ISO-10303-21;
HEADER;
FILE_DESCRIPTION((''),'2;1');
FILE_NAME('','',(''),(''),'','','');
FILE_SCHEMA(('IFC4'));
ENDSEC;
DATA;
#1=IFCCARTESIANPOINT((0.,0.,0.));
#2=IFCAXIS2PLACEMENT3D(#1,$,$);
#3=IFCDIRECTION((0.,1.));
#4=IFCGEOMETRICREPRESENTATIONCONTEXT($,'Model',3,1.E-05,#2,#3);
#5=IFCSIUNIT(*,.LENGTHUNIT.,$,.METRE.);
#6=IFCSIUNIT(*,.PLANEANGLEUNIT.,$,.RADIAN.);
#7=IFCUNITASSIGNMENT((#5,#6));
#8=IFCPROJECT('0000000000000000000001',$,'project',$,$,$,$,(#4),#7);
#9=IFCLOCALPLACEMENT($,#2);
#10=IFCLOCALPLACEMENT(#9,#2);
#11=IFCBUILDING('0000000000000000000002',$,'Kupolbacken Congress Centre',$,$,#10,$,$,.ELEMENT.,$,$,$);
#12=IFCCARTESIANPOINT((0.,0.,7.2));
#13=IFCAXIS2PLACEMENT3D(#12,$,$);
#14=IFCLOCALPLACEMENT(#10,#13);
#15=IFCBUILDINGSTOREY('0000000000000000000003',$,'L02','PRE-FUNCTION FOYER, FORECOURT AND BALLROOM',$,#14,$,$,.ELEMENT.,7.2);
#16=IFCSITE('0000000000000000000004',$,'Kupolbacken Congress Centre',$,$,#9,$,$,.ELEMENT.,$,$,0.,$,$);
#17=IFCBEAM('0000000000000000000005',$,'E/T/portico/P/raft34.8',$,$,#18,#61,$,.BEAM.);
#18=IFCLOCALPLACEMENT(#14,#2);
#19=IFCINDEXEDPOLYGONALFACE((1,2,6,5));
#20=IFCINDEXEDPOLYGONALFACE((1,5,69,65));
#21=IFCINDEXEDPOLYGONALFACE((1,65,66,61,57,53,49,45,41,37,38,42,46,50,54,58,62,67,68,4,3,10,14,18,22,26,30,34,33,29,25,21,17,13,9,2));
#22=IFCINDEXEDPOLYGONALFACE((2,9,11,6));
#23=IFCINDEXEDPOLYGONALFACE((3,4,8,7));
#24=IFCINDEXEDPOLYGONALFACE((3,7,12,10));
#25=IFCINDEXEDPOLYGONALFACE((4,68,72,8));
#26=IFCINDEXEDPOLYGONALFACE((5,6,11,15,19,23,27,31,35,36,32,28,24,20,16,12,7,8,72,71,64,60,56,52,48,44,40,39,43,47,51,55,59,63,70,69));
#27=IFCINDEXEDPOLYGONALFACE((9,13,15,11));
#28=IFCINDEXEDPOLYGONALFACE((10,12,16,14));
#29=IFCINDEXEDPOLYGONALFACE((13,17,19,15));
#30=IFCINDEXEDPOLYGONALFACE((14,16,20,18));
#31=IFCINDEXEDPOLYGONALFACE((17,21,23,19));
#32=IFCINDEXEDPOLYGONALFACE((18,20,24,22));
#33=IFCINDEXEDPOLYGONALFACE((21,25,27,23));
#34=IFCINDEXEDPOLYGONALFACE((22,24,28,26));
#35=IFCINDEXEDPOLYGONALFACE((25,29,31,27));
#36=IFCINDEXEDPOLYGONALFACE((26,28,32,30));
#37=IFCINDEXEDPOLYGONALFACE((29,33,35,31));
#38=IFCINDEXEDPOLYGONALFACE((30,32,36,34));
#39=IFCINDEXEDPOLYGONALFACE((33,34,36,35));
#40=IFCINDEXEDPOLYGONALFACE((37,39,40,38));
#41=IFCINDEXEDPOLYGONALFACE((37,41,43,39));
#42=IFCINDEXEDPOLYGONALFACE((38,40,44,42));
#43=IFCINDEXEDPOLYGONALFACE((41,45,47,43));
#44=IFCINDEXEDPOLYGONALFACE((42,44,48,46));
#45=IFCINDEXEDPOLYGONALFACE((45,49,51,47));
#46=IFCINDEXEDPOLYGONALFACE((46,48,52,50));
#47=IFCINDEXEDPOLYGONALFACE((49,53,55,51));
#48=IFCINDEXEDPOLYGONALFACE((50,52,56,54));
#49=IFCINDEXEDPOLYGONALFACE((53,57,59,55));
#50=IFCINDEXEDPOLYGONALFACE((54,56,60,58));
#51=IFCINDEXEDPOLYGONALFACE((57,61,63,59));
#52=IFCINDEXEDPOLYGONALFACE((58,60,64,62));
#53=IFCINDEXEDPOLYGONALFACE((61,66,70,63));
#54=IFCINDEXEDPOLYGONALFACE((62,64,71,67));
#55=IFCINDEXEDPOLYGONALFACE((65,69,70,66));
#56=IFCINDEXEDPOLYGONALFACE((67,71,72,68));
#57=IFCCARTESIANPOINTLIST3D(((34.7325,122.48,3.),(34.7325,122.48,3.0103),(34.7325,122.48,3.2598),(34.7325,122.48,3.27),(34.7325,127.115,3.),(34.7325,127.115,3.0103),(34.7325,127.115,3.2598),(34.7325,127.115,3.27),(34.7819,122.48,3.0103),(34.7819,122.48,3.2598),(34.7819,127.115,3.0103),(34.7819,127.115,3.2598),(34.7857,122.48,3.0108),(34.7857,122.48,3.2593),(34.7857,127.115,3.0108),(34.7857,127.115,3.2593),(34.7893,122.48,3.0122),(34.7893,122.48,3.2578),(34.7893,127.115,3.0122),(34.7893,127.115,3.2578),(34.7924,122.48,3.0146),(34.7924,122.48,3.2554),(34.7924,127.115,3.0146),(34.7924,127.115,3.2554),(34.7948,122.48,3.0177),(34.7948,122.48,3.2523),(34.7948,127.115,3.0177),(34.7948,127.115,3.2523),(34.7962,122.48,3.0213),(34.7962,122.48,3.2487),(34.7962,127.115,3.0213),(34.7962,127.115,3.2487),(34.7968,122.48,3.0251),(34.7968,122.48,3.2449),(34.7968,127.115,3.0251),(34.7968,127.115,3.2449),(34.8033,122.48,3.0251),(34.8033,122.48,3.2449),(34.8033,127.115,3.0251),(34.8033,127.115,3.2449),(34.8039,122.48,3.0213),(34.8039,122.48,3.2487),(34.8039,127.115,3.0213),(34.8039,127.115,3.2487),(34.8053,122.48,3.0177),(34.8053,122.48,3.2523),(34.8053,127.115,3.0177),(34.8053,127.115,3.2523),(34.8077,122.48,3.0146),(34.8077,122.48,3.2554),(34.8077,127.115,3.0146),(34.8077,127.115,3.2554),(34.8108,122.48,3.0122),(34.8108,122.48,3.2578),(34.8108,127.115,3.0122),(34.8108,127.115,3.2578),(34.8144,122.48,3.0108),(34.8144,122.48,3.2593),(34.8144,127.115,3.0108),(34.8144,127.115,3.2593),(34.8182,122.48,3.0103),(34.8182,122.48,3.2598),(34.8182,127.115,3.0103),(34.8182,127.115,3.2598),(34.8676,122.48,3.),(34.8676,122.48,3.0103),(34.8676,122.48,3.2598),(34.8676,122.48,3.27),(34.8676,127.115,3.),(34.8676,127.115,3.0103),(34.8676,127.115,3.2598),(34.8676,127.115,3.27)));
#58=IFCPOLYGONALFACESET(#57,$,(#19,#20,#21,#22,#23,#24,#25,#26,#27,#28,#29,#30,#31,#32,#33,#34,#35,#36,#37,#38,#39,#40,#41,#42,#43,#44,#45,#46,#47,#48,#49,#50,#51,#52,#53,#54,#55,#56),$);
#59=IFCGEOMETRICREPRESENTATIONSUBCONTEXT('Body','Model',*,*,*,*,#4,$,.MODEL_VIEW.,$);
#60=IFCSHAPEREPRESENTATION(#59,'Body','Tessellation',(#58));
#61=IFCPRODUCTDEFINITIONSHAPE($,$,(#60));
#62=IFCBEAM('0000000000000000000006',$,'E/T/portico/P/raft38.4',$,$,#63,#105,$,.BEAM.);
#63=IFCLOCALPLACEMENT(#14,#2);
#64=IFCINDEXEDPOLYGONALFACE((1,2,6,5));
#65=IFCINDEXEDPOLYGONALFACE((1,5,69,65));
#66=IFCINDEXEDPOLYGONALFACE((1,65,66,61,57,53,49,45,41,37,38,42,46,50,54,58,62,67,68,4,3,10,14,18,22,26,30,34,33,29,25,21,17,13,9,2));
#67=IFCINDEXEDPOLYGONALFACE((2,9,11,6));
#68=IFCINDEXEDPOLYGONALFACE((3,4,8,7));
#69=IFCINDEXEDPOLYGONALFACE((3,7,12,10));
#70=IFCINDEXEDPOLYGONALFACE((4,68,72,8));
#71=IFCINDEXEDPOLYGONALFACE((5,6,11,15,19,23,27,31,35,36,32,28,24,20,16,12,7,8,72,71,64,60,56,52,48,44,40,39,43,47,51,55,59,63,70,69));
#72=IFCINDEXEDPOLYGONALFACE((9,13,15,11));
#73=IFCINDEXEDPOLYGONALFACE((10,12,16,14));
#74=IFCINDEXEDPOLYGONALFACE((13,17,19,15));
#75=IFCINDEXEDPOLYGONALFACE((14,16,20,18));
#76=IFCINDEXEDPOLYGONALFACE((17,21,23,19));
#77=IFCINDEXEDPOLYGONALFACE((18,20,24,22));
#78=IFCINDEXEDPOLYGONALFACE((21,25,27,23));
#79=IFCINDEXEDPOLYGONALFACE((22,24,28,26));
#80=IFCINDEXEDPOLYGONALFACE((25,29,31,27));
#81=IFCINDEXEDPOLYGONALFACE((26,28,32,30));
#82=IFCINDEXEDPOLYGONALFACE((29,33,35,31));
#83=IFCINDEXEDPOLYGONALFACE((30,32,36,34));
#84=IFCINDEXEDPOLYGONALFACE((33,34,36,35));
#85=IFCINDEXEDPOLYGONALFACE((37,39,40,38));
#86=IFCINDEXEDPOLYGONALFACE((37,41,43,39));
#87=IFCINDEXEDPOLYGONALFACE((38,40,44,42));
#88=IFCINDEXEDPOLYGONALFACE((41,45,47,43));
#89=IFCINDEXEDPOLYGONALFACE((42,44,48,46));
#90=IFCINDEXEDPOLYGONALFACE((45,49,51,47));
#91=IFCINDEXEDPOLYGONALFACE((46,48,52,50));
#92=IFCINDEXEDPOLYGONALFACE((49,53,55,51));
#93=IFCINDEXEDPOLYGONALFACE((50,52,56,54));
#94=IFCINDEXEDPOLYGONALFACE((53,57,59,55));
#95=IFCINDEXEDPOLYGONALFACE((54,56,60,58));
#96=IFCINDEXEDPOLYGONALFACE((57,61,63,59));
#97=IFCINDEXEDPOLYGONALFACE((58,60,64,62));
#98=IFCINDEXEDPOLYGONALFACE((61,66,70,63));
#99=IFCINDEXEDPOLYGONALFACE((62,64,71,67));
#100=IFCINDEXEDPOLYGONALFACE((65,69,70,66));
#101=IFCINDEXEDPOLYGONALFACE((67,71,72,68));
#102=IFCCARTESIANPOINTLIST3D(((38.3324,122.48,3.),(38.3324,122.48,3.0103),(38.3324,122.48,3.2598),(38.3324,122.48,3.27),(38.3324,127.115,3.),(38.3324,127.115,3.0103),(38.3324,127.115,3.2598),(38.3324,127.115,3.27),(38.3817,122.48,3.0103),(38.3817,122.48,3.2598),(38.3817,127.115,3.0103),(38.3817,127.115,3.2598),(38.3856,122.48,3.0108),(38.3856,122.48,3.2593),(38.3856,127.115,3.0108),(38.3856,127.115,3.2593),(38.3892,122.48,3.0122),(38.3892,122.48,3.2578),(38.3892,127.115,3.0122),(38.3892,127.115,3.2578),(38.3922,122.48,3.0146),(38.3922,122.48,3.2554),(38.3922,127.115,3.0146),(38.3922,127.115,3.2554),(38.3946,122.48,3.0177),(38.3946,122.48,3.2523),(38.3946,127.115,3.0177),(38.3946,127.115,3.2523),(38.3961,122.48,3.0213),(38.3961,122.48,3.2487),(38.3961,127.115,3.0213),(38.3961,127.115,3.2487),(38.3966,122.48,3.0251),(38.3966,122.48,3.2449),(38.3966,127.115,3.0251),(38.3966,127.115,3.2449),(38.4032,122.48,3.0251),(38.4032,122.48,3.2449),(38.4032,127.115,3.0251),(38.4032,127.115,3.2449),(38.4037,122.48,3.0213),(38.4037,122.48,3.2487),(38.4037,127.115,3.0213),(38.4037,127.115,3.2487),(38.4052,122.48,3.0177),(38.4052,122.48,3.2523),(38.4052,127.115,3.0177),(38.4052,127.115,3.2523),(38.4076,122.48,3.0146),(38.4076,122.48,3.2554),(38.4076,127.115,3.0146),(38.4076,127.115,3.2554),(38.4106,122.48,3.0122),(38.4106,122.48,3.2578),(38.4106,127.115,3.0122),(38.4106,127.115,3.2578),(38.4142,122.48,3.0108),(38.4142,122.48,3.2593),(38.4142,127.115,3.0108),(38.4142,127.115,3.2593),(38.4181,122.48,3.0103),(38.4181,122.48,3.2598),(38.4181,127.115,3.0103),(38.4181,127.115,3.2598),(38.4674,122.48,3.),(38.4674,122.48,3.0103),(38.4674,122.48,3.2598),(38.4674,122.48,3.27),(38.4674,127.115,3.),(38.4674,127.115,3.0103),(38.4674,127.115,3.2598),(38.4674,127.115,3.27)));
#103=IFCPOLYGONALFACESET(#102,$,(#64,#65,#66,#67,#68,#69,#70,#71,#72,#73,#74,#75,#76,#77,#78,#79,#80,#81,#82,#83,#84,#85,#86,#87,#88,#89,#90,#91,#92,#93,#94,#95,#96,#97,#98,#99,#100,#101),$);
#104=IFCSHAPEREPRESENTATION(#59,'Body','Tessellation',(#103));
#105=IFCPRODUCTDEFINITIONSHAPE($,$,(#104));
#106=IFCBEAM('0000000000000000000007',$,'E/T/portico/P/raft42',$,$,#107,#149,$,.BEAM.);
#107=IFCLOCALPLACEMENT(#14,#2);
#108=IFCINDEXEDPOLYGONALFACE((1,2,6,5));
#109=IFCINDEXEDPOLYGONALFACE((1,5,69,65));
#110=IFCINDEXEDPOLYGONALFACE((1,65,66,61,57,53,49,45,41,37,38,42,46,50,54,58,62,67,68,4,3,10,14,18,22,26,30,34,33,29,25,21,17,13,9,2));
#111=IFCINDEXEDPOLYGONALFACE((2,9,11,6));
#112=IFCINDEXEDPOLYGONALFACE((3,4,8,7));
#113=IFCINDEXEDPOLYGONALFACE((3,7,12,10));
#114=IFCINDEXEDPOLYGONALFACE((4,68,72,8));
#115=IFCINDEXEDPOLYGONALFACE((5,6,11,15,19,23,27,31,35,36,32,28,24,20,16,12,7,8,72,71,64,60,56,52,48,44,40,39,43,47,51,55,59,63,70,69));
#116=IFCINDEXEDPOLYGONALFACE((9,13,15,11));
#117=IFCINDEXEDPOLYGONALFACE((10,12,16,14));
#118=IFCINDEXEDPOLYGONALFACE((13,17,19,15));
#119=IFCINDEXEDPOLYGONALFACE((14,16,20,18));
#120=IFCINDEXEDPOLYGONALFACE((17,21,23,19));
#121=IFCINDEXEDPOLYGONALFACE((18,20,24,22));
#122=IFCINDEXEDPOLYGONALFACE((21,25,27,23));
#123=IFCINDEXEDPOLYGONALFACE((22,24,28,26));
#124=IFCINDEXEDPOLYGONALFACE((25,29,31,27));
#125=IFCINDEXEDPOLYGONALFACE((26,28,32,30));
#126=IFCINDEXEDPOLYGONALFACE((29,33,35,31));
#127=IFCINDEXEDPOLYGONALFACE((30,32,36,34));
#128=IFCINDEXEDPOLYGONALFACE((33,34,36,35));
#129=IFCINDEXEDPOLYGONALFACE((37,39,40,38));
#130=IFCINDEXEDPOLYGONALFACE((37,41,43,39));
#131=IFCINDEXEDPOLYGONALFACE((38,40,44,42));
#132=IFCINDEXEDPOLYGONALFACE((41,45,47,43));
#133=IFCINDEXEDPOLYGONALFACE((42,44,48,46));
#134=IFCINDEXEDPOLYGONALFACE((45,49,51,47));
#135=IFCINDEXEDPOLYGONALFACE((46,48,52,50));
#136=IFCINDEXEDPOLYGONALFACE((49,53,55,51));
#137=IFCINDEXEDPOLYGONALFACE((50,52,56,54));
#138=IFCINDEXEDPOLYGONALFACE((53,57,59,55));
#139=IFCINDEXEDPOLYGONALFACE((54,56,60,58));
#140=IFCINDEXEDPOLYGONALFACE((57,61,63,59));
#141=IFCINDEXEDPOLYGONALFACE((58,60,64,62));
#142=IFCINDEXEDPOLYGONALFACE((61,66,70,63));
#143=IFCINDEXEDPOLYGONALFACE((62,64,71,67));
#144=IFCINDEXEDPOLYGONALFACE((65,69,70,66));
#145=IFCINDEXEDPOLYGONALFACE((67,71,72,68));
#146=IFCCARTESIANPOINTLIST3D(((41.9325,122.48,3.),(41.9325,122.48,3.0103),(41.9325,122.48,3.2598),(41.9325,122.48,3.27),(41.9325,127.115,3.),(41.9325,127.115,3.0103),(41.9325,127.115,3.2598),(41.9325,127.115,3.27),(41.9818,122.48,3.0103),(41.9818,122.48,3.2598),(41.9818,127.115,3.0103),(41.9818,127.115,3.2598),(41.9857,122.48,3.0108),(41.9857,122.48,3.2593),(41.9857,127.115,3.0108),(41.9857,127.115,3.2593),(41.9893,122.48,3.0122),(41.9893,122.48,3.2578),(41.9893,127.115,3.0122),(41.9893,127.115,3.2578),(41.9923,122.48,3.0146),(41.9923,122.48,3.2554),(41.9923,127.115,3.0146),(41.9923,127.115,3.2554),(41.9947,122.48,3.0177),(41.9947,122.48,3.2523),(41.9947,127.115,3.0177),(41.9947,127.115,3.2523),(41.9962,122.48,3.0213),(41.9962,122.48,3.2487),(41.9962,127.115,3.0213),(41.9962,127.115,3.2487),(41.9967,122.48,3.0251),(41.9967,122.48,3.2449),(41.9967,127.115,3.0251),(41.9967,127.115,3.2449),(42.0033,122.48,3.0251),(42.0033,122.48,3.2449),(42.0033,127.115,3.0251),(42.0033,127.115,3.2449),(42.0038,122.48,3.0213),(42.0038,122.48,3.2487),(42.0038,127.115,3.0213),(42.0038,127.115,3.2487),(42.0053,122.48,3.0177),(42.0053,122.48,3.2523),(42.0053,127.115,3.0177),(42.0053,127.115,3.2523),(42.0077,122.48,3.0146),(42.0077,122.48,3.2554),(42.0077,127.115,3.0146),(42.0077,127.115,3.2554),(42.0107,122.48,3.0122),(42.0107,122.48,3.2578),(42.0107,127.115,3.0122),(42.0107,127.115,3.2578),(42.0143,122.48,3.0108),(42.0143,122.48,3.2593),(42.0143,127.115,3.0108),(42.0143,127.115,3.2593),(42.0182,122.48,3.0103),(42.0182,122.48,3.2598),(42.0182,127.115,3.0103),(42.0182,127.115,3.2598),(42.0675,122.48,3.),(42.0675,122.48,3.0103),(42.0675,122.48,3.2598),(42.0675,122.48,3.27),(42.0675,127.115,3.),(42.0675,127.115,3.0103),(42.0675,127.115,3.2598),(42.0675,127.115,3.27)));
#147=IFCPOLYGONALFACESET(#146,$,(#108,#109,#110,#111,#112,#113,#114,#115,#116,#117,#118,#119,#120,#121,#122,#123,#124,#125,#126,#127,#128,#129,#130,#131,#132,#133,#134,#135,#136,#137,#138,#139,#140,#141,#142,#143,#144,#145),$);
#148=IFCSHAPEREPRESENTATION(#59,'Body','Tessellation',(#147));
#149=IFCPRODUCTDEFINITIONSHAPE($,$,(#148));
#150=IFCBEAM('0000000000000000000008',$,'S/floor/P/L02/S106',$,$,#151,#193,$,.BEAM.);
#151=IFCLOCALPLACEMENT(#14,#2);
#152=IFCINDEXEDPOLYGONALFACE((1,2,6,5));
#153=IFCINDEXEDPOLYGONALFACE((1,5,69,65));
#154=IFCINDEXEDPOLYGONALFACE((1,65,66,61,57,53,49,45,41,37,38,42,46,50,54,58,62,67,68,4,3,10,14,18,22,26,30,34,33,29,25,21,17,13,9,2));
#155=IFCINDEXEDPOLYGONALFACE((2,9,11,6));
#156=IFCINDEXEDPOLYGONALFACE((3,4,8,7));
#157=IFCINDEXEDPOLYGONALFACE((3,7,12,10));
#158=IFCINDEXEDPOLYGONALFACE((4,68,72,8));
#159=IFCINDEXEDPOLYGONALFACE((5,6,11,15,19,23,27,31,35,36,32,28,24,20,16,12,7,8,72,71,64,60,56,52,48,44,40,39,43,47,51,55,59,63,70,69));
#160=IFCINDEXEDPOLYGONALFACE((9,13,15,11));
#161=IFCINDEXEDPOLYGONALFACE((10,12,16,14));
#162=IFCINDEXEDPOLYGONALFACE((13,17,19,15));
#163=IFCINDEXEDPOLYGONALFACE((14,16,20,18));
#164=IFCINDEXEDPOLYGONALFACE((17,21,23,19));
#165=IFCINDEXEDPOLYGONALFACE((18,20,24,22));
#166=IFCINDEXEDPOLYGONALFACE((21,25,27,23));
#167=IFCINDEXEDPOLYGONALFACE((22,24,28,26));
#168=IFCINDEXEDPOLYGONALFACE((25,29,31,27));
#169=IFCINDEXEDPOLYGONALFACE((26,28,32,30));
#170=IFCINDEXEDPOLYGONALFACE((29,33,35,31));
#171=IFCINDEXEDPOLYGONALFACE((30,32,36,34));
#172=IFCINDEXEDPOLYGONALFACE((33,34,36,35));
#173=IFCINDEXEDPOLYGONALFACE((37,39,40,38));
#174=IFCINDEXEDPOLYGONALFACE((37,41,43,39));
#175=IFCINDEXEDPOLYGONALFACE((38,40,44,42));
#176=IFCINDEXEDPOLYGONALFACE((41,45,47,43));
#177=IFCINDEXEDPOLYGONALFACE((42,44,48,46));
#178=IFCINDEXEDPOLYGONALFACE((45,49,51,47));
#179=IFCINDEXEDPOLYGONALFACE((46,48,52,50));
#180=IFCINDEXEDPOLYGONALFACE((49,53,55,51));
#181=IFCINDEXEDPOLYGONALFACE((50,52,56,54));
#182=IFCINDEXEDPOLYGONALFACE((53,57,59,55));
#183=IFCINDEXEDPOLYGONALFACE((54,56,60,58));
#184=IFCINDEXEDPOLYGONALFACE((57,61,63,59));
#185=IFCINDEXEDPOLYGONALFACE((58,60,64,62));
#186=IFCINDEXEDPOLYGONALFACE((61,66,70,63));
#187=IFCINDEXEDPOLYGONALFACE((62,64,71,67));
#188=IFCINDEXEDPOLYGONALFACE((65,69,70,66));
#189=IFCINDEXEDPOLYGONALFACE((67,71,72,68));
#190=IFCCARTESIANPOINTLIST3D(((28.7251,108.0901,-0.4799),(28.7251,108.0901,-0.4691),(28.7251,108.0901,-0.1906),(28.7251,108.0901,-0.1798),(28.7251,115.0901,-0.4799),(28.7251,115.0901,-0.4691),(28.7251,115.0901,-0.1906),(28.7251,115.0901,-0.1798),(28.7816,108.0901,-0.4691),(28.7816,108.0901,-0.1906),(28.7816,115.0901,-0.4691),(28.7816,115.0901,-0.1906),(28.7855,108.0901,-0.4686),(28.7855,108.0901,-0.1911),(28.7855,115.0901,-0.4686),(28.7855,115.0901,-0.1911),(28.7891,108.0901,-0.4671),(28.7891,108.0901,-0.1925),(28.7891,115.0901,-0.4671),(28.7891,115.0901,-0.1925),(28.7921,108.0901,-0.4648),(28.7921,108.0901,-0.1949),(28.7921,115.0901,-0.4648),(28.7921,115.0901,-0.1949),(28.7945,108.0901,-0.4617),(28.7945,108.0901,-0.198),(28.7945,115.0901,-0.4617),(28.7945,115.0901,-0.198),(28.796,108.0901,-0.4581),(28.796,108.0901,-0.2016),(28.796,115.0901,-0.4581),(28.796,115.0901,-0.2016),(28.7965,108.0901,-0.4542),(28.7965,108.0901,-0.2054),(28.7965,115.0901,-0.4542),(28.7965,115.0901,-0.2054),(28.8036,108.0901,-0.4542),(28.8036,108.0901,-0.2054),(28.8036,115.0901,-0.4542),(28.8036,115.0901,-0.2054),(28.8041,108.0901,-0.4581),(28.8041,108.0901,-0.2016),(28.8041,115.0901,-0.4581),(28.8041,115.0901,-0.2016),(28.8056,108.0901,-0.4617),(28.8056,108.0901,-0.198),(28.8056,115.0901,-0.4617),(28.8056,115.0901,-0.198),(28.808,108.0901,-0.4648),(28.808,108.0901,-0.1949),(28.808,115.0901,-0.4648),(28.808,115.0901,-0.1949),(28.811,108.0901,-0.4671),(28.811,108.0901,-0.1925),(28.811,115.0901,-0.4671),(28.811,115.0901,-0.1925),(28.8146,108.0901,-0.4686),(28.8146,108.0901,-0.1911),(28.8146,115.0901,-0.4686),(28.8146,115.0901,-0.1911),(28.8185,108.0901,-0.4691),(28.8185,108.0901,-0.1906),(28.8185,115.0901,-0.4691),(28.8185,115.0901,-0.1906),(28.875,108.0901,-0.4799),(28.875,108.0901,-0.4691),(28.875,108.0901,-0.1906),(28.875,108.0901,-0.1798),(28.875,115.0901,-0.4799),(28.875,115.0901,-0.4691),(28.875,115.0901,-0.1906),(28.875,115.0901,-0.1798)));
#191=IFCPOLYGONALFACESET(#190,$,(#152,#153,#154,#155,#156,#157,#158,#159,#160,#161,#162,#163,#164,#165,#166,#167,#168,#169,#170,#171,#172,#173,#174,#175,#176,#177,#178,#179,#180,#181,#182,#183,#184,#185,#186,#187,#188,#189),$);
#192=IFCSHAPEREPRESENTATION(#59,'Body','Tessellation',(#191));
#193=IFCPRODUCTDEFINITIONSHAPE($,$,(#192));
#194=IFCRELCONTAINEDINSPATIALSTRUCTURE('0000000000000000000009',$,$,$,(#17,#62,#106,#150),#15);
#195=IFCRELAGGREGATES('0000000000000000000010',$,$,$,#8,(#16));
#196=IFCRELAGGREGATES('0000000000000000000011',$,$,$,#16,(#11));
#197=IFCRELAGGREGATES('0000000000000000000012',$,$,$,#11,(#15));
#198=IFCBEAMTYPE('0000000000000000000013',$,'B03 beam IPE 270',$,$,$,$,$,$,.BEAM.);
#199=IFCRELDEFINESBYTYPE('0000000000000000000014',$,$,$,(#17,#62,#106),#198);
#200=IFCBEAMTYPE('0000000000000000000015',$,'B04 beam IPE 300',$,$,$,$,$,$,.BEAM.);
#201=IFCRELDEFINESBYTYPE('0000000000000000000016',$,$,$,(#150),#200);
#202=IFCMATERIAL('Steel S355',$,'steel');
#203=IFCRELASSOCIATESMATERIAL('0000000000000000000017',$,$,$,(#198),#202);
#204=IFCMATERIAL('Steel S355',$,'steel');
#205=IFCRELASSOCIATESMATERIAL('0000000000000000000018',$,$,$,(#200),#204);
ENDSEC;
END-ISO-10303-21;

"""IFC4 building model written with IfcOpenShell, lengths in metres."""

from ifc_helpers import new_model, si_unit, direction, frame, origin, origin_2d, place, context, subcontext, project, spatial, i_section, extrude, material, material_profile, profile_set, type_object, element, save


model = new_model("IFC4")

# Units and contexts
model_context = context("Model", 3, precision=1e-05, world=origin(), true_north=direction((0.0, 1.0)))
body_context = subcontext(model_context, "Body", "Model", "MODEL_VIEW")
ifc_project = project(units=[si_unit("LENGTHUNIT", "METRE"), si_unit("PLANEANGLEUNIT", "RADIAN")], contexts=[model_context])

# Site, building, storey
site_placement = place(None, origin())
site = spatial("IfcSite", under=ifc_project, at=site_placement, Name="Kupolbacken Congress Centre", CompositionType="ELEMENT", RefElevation=0.0)
building_placement = place(site_placement, origin())
building = spatial("IfcBuilding", under=site, at=building_placement, Name="Kupolbacken Congress Centre", CompositionType="ELEMENT")
storey_placement = place(building_placement, frame((0.0, 0.0, 7.2)))
storey = spatial("IfcBuildingStorey", under=building, at=storey_placement, Name="L02", Description="PRE-FUNCTION FOYER, FORECOURT AND BALLROOM", CompositionType="ELEMENT", Elevation=7.2)

# Beams
ifc_material_1 = material(Name="Steel S355", Category="steel")
ifc_material_profile_1 = material_profile(ifc_material_1, i_section(OverallWidth=0.135, OverallDepth=0.27, WebThickness=0.0066, FlangeThickness=0.0103, FilletRadius=0.0149, at=origin_2d()), Name="IPE 270")
ifc_profile_set_1 = profile_set([ifc_material_profile_1], Name="Steel S355")
beam_type_1 = type_object("IfcBeamType", Name="B03 beam IPE 270", PredefinedType="BEAM", material=ifc_profile_set_1)
for number, where, z_axis, x_axis, name in (
    (1, (34.8, 122.48, 3.135), (0.0, 1.0, 0.0), (-1.0, 0.0, 0.0), "E/T/portico/P/raft34.8"),
    (2, (38.3999, 122.48, 3.135), (0.0, 1.0, 0.0), (-1.0, 0.0, 0.0), "E/T/portico/P/raft38.4"),
    (3, (42.0, 122.48, 3.135), (0.0, 1.0, 0.0), (-1.0, 0.0, 0.0), "E/T/portico/P/raft42"),
):
    element("IfcBeam", number, at=place(storey_placement, frame(where, z_axis=z_axis, x_axis=x_axis)), inside=storey, type_object=beam_type_1, Name=name, PredefinedType="BEAM", context=body_context, shape_type="SweptSolid", body=[
        extrude(i_section(OverallWidth=0.135, OverallDepth=0.27, WebThickness=0.0066, FlangeThickness=0.0103, FilletRadius=0.0149, at=origin_2d()), origin(), (0.0, 0.0, 1.0), 4.635),
    ])
ifc_material_2 = material(Name="Steel S355", Category="steel")
ifc_material_profile_2 = material_profile(ifc_material_2, i_section(OverallWidth=0.1499, OverallDepth=0.3, WebThickness=0.0071, FlangeThickness=0.0107, FilletRadius=0.0149, at=origin_2d()), Name="IPE 300")
ifc_profile_set_2 = profile_set([ifc_material_profile_2], Name="Steel S355")
beam_type_2 = type_object("IfcBeamType", Name="B04 beam IPE 300", PredefinedType="BEAM", material=ifc_profile_set_2)
beam_1_placement = place(storey_placement, frame((28.8, 108.0901, -0.3298), z_axis=(0.0, 1.0, 0.0), x_axis=(-1.0, 0.0, 0.0)))
element("IfcBeam", 4, at=beam_1_placement, inside=storey, type_object=beam_type_2, Name="S/floor/P/L02/S106", PredefinedType="BEAM", context=body_context, shape_type="SweptSolid", body=[
    extrude(i_section(OverallWidth=0.1499, OverallDepth=0.3, WebThickness=0.0071, FlangeThickness=0.0107, FilletRadius=0.0149, at=origin_2d()), origin(), (0.0, 0.0, 1.0), 7.0),
])

save(model, "model.ifc")
